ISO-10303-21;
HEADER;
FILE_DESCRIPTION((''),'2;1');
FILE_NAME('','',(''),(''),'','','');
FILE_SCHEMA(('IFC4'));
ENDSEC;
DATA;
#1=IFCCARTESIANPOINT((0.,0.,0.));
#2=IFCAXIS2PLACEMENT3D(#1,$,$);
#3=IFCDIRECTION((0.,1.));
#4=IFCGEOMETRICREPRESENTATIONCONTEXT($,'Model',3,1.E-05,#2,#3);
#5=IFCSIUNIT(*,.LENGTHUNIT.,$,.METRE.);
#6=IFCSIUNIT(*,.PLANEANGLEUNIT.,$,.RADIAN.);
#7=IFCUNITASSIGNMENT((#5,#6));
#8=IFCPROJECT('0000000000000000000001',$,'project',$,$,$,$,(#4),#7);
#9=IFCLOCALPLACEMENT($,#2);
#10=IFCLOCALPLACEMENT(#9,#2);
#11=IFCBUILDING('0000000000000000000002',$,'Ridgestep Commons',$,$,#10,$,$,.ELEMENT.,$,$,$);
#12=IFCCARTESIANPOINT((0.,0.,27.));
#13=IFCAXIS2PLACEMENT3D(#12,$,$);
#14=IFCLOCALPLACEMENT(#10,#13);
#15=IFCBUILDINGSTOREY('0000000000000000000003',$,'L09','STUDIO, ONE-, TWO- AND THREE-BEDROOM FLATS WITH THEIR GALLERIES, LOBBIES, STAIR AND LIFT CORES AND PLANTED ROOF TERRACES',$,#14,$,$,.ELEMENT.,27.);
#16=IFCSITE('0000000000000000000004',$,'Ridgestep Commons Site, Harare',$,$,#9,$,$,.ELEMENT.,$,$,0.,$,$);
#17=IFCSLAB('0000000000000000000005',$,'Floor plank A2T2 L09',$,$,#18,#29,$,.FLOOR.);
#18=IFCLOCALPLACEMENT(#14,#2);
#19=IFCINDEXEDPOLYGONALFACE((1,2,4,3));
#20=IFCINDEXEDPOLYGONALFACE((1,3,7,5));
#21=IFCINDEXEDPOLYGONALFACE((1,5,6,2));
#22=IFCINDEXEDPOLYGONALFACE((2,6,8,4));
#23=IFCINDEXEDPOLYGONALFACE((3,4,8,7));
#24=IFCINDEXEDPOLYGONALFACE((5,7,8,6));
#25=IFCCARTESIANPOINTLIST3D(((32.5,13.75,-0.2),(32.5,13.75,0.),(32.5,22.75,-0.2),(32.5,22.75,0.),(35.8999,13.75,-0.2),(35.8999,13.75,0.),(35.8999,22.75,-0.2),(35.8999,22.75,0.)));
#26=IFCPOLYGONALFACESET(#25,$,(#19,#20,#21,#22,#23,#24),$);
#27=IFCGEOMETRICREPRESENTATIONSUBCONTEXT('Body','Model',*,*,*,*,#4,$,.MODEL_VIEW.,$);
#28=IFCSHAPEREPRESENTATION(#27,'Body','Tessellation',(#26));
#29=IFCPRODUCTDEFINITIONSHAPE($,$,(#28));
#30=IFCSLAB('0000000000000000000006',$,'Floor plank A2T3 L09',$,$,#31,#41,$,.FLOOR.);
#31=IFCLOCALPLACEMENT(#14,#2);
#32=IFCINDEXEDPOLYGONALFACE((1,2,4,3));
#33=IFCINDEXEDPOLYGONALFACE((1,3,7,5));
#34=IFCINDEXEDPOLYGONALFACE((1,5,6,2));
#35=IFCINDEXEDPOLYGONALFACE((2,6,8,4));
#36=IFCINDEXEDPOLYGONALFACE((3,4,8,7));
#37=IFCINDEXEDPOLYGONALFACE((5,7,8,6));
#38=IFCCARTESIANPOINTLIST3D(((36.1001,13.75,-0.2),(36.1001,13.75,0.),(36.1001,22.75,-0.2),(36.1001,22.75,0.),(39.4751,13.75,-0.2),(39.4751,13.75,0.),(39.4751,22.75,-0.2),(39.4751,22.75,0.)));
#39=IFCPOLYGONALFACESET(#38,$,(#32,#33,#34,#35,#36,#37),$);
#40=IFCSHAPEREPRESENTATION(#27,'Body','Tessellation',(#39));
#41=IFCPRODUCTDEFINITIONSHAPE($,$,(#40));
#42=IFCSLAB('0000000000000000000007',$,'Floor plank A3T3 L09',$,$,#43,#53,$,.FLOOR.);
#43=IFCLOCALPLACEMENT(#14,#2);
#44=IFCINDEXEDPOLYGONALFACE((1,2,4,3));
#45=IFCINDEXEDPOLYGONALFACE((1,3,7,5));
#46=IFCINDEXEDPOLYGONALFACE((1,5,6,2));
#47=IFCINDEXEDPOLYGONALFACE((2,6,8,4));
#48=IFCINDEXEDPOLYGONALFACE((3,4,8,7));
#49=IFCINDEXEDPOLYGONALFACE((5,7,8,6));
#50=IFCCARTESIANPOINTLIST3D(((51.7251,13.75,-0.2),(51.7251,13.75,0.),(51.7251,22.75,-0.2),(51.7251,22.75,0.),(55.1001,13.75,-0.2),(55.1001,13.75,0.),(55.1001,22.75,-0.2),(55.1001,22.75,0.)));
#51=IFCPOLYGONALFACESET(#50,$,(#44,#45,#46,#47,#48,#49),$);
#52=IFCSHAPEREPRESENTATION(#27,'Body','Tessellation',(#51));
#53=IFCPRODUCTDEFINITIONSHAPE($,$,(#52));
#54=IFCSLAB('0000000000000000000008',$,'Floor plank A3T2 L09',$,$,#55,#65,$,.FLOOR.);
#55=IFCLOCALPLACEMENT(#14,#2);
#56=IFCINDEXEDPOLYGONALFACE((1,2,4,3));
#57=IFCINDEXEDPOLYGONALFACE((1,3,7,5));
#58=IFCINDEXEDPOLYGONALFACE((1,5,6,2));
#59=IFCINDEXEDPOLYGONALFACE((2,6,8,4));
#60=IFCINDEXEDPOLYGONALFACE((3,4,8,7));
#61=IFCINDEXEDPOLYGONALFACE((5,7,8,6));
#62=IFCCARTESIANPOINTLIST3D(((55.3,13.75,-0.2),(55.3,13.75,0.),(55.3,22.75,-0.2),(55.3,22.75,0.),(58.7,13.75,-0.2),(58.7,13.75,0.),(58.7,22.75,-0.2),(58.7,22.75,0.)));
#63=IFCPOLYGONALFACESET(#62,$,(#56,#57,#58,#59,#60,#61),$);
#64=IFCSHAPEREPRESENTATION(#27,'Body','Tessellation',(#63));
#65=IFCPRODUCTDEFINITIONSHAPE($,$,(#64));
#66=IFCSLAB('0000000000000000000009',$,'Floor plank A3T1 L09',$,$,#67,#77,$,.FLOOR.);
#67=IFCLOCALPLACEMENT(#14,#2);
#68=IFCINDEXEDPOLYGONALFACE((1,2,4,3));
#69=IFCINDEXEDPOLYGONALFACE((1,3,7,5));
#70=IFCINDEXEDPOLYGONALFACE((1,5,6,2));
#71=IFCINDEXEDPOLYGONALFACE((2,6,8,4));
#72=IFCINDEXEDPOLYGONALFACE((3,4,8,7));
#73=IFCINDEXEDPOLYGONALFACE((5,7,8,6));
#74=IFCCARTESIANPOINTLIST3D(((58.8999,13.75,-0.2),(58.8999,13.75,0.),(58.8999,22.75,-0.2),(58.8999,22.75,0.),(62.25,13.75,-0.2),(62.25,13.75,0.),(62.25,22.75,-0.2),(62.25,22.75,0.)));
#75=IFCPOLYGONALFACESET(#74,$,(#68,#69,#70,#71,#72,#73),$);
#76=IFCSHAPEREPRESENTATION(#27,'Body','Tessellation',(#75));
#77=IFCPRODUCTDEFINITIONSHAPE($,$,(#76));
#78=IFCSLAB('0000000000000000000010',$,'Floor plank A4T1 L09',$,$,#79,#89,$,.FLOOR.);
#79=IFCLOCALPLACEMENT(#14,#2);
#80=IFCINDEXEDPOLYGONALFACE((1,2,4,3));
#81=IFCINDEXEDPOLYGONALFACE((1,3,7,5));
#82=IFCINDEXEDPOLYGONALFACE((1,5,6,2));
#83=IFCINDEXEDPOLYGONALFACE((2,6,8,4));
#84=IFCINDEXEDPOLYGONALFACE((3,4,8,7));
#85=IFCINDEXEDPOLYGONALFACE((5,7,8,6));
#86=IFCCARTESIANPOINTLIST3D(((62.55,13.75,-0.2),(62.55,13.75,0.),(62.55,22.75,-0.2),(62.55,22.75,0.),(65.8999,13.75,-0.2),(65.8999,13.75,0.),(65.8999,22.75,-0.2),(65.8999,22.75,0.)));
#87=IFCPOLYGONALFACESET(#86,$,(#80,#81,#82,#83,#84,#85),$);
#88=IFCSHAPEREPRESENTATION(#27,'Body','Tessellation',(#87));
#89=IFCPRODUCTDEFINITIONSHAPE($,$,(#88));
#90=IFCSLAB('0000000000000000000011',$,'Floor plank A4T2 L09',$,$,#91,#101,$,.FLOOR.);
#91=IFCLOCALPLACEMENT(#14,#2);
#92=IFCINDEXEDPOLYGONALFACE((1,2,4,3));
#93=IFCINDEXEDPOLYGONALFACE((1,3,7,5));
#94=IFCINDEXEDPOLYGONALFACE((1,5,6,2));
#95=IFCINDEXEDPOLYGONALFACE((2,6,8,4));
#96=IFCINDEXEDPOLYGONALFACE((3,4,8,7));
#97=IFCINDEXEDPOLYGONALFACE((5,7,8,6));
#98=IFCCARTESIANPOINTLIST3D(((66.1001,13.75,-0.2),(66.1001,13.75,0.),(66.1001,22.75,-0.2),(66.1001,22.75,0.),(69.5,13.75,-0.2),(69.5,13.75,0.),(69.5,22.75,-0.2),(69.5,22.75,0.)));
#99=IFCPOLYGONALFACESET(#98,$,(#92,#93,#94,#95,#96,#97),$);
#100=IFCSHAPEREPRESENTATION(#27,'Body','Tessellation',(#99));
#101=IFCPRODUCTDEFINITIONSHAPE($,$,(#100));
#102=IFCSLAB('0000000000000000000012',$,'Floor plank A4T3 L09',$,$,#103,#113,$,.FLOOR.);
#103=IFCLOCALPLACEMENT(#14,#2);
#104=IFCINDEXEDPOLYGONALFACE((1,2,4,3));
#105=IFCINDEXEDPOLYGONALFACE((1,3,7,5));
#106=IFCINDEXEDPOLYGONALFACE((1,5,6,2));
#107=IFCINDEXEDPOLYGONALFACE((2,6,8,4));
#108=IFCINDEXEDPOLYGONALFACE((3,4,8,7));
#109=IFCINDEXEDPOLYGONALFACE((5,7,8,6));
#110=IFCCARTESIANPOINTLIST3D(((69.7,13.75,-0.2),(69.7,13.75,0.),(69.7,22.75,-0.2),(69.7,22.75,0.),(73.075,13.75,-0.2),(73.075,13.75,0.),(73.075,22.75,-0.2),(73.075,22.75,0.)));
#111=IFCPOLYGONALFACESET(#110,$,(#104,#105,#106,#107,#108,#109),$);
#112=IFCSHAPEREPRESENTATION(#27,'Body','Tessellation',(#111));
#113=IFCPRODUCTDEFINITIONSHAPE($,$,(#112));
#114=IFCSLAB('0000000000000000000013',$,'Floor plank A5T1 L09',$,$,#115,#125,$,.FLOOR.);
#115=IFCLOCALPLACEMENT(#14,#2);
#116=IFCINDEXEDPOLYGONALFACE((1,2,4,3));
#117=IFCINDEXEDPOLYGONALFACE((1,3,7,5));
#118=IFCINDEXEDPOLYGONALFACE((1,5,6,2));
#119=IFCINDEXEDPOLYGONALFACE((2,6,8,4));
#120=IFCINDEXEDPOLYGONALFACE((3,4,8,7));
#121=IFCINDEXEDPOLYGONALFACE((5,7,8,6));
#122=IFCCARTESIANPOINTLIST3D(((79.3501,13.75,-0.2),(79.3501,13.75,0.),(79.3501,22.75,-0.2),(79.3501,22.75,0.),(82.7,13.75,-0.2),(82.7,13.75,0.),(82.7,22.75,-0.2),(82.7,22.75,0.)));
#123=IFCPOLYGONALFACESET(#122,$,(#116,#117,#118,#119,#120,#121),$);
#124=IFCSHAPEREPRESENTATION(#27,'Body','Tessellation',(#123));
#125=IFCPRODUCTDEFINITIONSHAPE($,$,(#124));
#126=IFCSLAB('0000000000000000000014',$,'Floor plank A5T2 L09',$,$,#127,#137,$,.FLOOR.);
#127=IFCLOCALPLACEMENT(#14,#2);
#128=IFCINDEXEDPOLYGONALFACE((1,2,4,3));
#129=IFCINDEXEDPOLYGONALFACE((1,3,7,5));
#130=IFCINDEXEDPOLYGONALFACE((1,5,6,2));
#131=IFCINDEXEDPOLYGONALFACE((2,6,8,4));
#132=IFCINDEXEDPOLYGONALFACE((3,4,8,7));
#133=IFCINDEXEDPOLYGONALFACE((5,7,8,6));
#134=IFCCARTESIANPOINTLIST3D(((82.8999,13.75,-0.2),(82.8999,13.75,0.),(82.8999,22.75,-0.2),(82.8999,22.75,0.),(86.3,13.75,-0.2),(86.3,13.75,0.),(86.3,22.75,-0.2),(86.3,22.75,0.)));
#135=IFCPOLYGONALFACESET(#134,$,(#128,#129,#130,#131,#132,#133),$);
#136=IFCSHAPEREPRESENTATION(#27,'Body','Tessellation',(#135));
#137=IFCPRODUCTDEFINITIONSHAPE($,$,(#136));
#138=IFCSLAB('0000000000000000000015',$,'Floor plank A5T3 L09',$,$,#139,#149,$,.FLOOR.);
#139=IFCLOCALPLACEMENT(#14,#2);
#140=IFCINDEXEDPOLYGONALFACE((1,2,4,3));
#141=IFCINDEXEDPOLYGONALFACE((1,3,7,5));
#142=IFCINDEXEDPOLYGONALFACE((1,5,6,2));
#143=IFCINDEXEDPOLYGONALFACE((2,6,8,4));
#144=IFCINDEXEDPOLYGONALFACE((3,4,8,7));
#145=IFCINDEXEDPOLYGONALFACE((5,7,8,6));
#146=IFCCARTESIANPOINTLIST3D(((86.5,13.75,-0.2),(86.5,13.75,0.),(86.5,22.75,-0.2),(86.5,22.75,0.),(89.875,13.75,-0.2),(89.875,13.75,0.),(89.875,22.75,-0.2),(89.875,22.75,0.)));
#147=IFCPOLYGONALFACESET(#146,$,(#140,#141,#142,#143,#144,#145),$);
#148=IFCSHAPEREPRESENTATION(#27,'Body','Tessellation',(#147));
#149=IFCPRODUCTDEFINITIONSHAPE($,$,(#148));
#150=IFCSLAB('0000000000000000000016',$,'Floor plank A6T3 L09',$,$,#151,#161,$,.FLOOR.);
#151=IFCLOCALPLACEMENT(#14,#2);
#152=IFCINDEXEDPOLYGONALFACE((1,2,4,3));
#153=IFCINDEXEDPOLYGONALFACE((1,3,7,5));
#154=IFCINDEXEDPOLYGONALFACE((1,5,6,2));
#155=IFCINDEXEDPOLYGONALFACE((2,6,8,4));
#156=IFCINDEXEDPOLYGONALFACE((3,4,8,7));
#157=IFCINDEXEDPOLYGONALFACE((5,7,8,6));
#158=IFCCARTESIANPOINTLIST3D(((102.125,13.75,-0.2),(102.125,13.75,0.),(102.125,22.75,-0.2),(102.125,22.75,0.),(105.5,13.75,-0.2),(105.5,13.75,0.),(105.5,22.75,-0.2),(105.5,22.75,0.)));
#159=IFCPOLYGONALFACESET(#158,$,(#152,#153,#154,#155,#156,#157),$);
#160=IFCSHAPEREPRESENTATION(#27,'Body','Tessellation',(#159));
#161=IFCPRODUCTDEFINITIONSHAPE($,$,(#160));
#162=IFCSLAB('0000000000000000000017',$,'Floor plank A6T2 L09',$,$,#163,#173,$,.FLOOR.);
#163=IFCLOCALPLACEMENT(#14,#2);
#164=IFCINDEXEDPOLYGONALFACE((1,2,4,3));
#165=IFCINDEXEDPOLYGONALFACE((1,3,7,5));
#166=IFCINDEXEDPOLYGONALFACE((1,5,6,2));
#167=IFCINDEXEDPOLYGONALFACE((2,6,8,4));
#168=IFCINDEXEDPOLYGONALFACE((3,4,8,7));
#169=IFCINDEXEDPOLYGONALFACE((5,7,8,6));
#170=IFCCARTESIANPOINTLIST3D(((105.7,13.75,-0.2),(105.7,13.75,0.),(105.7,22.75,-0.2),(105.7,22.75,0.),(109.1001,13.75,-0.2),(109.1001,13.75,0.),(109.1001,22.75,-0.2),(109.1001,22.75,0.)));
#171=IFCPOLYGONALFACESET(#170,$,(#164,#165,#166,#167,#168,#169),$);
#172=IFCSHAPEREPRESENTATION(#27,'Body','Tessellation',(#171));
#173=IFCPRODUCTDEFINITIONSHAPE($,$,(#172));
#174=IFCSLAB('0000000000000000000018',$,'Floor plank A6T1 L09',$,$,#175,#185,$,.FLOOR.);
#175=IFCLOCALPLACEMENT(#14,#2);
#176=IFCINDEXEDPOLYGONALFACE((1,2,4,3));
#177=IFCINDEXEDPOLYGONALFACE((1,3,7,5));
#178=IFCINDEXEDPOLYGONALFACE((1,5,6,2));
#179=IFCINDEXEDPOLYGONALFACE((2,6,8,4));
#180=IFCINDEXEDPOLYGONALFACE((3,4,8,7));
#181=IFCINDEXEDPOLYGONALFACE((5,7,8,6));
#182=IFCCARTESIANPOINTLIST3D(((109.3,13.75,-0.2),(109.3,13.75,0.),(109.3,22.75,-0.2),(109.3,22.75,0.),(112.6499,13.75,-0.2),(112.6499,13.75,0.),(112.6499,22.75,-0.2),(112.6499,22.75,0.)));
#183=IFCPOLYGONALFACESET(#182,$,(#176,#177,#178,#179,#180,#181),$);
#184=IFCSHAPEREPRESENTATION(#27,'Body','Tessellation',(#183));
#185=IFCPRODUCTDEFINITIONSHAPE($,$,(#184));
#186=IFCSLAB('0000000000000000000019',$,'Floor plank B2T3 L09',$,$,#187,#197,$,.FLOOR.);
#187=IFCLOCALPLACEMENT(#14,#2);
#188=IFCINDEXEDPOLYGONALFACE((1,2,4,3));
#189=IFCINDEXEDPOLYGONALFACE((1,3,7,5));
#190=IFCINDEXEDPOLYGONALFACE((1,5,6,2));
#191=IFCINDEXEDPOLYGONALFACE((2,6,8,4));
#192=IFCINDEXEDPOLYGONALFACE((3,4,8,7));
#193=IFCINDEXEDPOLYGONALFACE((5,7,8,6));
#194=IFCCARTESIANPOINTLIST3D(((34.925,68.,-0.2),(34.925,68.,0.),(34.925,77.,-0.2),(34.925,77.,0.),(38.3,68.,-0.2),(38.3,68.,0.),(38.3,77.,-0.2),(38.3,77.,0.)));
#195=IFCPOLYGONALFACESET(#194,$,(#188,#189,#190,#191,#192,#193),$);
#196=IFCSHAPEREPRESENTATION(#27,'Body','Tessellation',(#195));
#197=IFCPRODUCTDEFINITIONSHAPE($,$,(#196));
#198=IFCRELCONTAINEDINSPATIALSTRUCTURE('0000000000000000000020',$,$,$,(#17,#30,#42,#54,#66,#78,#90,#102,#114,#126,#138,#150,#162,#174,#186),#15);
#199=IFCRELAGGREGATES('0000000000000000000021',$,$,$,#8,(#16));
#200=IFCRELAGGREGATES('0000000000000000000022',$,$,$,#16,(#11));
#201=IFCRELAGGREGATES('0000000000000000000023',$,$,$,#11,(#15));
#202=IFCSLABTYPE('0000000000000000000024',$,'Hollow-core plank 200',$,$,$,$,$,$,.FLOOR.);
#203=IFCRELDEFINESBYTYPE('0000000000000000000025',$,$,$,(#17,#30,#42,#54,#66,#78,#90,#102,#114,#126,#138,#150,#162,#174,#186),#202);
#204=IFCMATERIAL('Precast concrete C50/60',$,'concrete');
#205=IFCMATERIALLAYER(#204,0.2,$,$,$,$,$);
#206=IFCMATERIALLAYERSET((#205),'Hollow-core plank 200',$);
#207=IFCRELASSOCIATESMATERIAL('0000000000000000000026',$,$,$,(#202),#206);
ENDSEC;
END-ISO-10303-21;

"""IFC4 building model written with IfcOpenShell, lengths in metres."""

from ifc_helpers import new_model, si_unit, direction, frame, origin, place, context, subcontext, project, spatial, polyline, outline, extrude, material, layer, layer_set, type_object, element, save


model = new_model("IFC4")

# Units and contexts
model_context = context("Model", 3, precision=1e-05, world=origin(), true_north=direction((0.0, 1.0)))
body_context = subcontext(model_context, "Body", "Model", "MODEL_VIEW")
ifc_project = project(units=[si_unit("LENGTHUNIT", "METRE"), si_unit("PLANEANGLEUNIT", "RADIAN")], contexts=[model_context])

# Site, building, storey
site_placement = place(None, origin())
site = spatial("IfcSite", under=ifc_project, at=site_placement, Name="Ridgestep Commons Site, Harare", CompositionType="ELEMENT", RefElevation=0.0)
building_placement = place(site_placement, origin())
building = spatial("IfcBuilding", under=site, at=building_placement, Name="Ridgestep Commons", CompositionType="ELEMENT")
storey_placement = place(building_placement, frame((0.0, 0.0, 27.0)))
storey = spatial("IfcBuildingStorey", under=building, at=storey_placement, Name="L09", Description="STUDIO, ONE-, TWO- AND THREE-BEDROOM FLATS WITH THEIR GALLERIES, LOBBIES, STAIR AND LIFT CORES AND PLANTED ROOF TERRACES", CompositionType="ELEMENT", Elevation=27.0)

# Slabs
ifc_material_1 = material(Name="Precast concrete C50/60", Category="concrete")
ifc_layer_1 = layer(ifc_material_1, 0.2)
ifc_layer_set_1 = layer_set([ifc_layer_1], Name="Hollow-core plank 200")
slab_type_1 = type_object("IfcSlabType", Name="Hollow-core plank 200", PredefinedType="FLOOR", material=ifc_layer_set_1)
slab_1_placement = place(storey_placement, frame((0.0, 0.0, -0.2)))
element("IfcSlab", 1, at=slab_1_placement, inside=storey, type_object=slab_type_1, Name="Floor plank A2T2 L09", PredefinedType="FLOOR", context=body_context, shape_type="SweptSolid", body=[
    extrude(outline(polyline([(35.8999, 13.75), (35.8999, 22.75), (32.5, 22.75), (32.5, 13.75), (35.8999, 13.75)])), origin(), (0.0, 0.0, 1.0), 0.2),
])
slab_2_placement = place(storey_placement, frame((0.0, 0.0, -0.2)))
element("IfcSlab", 2, at=slab_2_placement, inside=storey, type_object=slab_type_1, Name="Floor plank A2T3 L09", PredefinedType="FLOOR", context=body_context, shape_type="SweptSolid", body=[
    extrude(outline(polyline([(39.4751, 13.75), (39.4751, 22.75), (36.1001, 22.75), (36.1001, 13.75), (39.4751, 13.75)])), origin(), (0.0, 0.0, 1.0), 0.2),
])
slab_3_placement = place(storey_placement, frame((0.0, 0.0, -0.2)))
element("IfcSlab", 3, at=slab_3_placement, inside=storey, type_object=slab_type_1, Name="Floor plank A3T3 L09", PredefinedType="FLOOR", context=body_context, shape_type="SweptSolid", body=[
    extrude(outline(polyline([(55.1001, 13.75), (55.1001, 22.75), (51.7251, 22.75), (51.7251, 13.75), (55.1001, 13.75)])), origin(), (0.0, 0.0, 1.0), 0.2),
])
slab_4_placement = place(storey_placement, frame((0.0, 0.0, -0.2)))
element("IfcSlab", 4, at=slab_4_placement, inside=storey, type_object=slab_type_1, Name="Floor plank A3T2 L09", PredefinedType="FLOOR", context=body_context, shape_type="SweptSolid", body=[
    extrude(outline(polyline([(58.7, 13.75), (58.7, 22.75), (55.3, 22.75), (55.3, 13.75), (58.7, 13.75)])), origin(), (0.0, 0.0, 1.0), 0.2),
])
slab_5_placement = place(storey_placement, frame((0.0, 0.0, -0.2)))
element("IfcSlab", 5, at=slab_5_placement, inside=storey, type_object=slab_type_1, Name="Floor plank A3T1 L09", PredefinedType="FLOOR", context=body_context, shape_type="SweptSolid", body=[
    extrude(outline(polyline([(62.25, 13.75), (62.25, 22.75), (58.8999, 22.75), (58.8999, 13.75), (62.25, 13.75)])), origin(), (0.0, 0.0, 1.0), 0.2),
])
slab_6_placement = place(storey_placement, frame((0.0, 0.0, -0.2)))
element("IfcSlab", 6, at=slab_6_placement, inside=storey, type_object=slab_type_1, Name="Floor plank A4T1 L09", PredefinedType="FLOOR", context=body_context, shape_type="SweptSolid", body=[
    extrude(outline(polyline([(65.8999, 13.75), (65.8999, 22.75), (62.55, 22.75), (62.55, 13.75), (65.8999, 13.75)])), origin(), (0.0, 0.0, 1.0), 0.2),
])
slab_7_placement = place(storey_placement, frame((0.0, 0.0, -0.2)))
element("IfcSlab", 7, at=slab_7_placement, inside=storey, type_object=slab_type_1, Name="Floor plank A4T2 L09", PredefinedType="FLOOR", context=body_context, shape_type="SweptSolid", body=[
    extrude(outline(polyline([(69.5, 13.75), (69.5, 22.75), (66.1001, 22.75), (66.1001, 13.75), (69.5, 13.75)])), origin(), (0.0, 0.0, 1.0), 0.2),
])
slab_8_placement = place(storey_placement, frame((0.0, 0.0, -0.2)))
element("IfcSlab", 8, at=slab_8_placement, inside=storey, type_object=slab_type_1, Name="Floor plank A4T3 L09", PredefinedType="FLOOR", context=body_context, shape_type="SweptSolid", body=[
    extrude(outline(polyline([(73.075, 13.75), (73.075, 22.75), (69.7, 22.75), (69.7, 13.75), (73.075, 13.75)])), origin(), (0.0, 0.0, 1.0), 0.2),
])
slab_9_placement = place(storey_placement, frame((0.0, 0.0, -0.2)))
element("IfcSlab", 9, at=slab_9_placement, inside=storey, type_object=slab_type_1, Name="Floor plank A5T1 L09", PredefinedType="FLOOR", context=body_context, shape_type="SweptSolid", body=[
    extrude(outline(polyline([(82.7, 13.75), (82.7, 22.75), (79.3501, 22.75), (79.3501, 13.75), (82.7, 13.75)])), origin(), (0.0, 0.0, 1.0), 0.2),
])
slab_10_placement = place(storey_placement, frame((0.0, 0.0, -0.2)))
element("IfcSlab", 10, at=slab_10_placement, inside=storey, type_object=slab_type_1, Name="Floor plank A5T2 L09", PredefinedType="FLOOR", context=body_context, shape_type="SweptSolid", body=[
    extrude(outline(polyline([(86.3, 13.75), (86.3, 22.75), (82.8999, 22.75), (82.8999, 13.75), (86.3, 13.75)])), origin(), (0.0, 0.0, 1.0), 0.2),
])
slab_11_placement = place(storey_placement, frame((0.0, 0.0, -0.2)))
element("IfcSlab", 11, at=slab_11_placement, inside=storey, type_object=slab_type_1, Name="Floor plank A5T3 L09", PredefinedType="FLOOR", context=body_context, shape_type="SweptSolid", body=[
    extrude(outline(polyline([(89.875, 13.75), (89.875, 22.75), (86.5, 22.75), (86.5, 13.75), (89.875, 13.75)])), origin(), (0.0, 0.0, 1.0), 0.2),
])
slab_12_placement = place(storey_placement, frame((0.0, 0.0, -0.2)))
element("IfcSlab", 12, at=slab_12_placement, inside=storey, type_object=slab_type_1, Name="Floor plank A6T3 L09", PredefinedType="FLOOR", context=body_context, shape_type="SweptSolid", body=[
    extrude(outline(polyline([(105.5, 13.75), (105.5, 22.75), (102.125, 22.75), (102.125, 13.75), (105.5, 13.75)])), origin(), (0.0, 0.0, 1.0), 0.2),
])
slab_13_placement = place(storey_placement, frame((0.0, 0.0, -0.2)))
element("IfcSlab", 13, at=slab_13_placement, inside=storey, type_object=slab_type_1, Name="Floor plank A6T2 L09", PredefinedType="FLOOR", context=body_context, shape_type="SweptSolid", body=[
    extrude(outline(polyline([(109.1001, 13.75), (109.1001, 22.75), (105.7, 22.75), (105.7, 13.75), (109.1001, 13.75)])), origin(), (0.0, 0.0, 1.0), 0.2),
])
slab_14_placement = place(storey_placement, frame((0.0, 0.0, -0.2)))
element("IfcSlab", 14, at=slab_14_placement, inside=storey, type_object=slab_type_1, Name="Floor plank A6T1 L09", PredefinedType="FLOOR", context=body_context, shape_type="SweptSolid", body=[
    extrude(outline(polyline([(112.6499, 13.75), (112.6499, 22.75), (109.3, 22.75), (109.3, 13.75), (112.6499, 13.75)])), origin(), (0.0, 0.0, 1.0), 0.2),
])
slab_15_placement = place(storey_placement, frame((0.0, 0.0, -0.2)))
element("IfcSlab", 15, at=slab_15_placement, inside=storey, type_object=slab_type_1, Name="Floor plank B2T3 L09", PredefinedType="FLOOR", context=body_context, shape_type="SweptSolid", body=[
    extrude(outline(polyline([(38.3, 68.0), (38.3, 77.0), (34.925, 77.0), (34.925, 68.0), (38.3, 68.0)])), origin(), (0.0, 0.0, 1.0), 0.2),
])

save(model, "model.ifc")
